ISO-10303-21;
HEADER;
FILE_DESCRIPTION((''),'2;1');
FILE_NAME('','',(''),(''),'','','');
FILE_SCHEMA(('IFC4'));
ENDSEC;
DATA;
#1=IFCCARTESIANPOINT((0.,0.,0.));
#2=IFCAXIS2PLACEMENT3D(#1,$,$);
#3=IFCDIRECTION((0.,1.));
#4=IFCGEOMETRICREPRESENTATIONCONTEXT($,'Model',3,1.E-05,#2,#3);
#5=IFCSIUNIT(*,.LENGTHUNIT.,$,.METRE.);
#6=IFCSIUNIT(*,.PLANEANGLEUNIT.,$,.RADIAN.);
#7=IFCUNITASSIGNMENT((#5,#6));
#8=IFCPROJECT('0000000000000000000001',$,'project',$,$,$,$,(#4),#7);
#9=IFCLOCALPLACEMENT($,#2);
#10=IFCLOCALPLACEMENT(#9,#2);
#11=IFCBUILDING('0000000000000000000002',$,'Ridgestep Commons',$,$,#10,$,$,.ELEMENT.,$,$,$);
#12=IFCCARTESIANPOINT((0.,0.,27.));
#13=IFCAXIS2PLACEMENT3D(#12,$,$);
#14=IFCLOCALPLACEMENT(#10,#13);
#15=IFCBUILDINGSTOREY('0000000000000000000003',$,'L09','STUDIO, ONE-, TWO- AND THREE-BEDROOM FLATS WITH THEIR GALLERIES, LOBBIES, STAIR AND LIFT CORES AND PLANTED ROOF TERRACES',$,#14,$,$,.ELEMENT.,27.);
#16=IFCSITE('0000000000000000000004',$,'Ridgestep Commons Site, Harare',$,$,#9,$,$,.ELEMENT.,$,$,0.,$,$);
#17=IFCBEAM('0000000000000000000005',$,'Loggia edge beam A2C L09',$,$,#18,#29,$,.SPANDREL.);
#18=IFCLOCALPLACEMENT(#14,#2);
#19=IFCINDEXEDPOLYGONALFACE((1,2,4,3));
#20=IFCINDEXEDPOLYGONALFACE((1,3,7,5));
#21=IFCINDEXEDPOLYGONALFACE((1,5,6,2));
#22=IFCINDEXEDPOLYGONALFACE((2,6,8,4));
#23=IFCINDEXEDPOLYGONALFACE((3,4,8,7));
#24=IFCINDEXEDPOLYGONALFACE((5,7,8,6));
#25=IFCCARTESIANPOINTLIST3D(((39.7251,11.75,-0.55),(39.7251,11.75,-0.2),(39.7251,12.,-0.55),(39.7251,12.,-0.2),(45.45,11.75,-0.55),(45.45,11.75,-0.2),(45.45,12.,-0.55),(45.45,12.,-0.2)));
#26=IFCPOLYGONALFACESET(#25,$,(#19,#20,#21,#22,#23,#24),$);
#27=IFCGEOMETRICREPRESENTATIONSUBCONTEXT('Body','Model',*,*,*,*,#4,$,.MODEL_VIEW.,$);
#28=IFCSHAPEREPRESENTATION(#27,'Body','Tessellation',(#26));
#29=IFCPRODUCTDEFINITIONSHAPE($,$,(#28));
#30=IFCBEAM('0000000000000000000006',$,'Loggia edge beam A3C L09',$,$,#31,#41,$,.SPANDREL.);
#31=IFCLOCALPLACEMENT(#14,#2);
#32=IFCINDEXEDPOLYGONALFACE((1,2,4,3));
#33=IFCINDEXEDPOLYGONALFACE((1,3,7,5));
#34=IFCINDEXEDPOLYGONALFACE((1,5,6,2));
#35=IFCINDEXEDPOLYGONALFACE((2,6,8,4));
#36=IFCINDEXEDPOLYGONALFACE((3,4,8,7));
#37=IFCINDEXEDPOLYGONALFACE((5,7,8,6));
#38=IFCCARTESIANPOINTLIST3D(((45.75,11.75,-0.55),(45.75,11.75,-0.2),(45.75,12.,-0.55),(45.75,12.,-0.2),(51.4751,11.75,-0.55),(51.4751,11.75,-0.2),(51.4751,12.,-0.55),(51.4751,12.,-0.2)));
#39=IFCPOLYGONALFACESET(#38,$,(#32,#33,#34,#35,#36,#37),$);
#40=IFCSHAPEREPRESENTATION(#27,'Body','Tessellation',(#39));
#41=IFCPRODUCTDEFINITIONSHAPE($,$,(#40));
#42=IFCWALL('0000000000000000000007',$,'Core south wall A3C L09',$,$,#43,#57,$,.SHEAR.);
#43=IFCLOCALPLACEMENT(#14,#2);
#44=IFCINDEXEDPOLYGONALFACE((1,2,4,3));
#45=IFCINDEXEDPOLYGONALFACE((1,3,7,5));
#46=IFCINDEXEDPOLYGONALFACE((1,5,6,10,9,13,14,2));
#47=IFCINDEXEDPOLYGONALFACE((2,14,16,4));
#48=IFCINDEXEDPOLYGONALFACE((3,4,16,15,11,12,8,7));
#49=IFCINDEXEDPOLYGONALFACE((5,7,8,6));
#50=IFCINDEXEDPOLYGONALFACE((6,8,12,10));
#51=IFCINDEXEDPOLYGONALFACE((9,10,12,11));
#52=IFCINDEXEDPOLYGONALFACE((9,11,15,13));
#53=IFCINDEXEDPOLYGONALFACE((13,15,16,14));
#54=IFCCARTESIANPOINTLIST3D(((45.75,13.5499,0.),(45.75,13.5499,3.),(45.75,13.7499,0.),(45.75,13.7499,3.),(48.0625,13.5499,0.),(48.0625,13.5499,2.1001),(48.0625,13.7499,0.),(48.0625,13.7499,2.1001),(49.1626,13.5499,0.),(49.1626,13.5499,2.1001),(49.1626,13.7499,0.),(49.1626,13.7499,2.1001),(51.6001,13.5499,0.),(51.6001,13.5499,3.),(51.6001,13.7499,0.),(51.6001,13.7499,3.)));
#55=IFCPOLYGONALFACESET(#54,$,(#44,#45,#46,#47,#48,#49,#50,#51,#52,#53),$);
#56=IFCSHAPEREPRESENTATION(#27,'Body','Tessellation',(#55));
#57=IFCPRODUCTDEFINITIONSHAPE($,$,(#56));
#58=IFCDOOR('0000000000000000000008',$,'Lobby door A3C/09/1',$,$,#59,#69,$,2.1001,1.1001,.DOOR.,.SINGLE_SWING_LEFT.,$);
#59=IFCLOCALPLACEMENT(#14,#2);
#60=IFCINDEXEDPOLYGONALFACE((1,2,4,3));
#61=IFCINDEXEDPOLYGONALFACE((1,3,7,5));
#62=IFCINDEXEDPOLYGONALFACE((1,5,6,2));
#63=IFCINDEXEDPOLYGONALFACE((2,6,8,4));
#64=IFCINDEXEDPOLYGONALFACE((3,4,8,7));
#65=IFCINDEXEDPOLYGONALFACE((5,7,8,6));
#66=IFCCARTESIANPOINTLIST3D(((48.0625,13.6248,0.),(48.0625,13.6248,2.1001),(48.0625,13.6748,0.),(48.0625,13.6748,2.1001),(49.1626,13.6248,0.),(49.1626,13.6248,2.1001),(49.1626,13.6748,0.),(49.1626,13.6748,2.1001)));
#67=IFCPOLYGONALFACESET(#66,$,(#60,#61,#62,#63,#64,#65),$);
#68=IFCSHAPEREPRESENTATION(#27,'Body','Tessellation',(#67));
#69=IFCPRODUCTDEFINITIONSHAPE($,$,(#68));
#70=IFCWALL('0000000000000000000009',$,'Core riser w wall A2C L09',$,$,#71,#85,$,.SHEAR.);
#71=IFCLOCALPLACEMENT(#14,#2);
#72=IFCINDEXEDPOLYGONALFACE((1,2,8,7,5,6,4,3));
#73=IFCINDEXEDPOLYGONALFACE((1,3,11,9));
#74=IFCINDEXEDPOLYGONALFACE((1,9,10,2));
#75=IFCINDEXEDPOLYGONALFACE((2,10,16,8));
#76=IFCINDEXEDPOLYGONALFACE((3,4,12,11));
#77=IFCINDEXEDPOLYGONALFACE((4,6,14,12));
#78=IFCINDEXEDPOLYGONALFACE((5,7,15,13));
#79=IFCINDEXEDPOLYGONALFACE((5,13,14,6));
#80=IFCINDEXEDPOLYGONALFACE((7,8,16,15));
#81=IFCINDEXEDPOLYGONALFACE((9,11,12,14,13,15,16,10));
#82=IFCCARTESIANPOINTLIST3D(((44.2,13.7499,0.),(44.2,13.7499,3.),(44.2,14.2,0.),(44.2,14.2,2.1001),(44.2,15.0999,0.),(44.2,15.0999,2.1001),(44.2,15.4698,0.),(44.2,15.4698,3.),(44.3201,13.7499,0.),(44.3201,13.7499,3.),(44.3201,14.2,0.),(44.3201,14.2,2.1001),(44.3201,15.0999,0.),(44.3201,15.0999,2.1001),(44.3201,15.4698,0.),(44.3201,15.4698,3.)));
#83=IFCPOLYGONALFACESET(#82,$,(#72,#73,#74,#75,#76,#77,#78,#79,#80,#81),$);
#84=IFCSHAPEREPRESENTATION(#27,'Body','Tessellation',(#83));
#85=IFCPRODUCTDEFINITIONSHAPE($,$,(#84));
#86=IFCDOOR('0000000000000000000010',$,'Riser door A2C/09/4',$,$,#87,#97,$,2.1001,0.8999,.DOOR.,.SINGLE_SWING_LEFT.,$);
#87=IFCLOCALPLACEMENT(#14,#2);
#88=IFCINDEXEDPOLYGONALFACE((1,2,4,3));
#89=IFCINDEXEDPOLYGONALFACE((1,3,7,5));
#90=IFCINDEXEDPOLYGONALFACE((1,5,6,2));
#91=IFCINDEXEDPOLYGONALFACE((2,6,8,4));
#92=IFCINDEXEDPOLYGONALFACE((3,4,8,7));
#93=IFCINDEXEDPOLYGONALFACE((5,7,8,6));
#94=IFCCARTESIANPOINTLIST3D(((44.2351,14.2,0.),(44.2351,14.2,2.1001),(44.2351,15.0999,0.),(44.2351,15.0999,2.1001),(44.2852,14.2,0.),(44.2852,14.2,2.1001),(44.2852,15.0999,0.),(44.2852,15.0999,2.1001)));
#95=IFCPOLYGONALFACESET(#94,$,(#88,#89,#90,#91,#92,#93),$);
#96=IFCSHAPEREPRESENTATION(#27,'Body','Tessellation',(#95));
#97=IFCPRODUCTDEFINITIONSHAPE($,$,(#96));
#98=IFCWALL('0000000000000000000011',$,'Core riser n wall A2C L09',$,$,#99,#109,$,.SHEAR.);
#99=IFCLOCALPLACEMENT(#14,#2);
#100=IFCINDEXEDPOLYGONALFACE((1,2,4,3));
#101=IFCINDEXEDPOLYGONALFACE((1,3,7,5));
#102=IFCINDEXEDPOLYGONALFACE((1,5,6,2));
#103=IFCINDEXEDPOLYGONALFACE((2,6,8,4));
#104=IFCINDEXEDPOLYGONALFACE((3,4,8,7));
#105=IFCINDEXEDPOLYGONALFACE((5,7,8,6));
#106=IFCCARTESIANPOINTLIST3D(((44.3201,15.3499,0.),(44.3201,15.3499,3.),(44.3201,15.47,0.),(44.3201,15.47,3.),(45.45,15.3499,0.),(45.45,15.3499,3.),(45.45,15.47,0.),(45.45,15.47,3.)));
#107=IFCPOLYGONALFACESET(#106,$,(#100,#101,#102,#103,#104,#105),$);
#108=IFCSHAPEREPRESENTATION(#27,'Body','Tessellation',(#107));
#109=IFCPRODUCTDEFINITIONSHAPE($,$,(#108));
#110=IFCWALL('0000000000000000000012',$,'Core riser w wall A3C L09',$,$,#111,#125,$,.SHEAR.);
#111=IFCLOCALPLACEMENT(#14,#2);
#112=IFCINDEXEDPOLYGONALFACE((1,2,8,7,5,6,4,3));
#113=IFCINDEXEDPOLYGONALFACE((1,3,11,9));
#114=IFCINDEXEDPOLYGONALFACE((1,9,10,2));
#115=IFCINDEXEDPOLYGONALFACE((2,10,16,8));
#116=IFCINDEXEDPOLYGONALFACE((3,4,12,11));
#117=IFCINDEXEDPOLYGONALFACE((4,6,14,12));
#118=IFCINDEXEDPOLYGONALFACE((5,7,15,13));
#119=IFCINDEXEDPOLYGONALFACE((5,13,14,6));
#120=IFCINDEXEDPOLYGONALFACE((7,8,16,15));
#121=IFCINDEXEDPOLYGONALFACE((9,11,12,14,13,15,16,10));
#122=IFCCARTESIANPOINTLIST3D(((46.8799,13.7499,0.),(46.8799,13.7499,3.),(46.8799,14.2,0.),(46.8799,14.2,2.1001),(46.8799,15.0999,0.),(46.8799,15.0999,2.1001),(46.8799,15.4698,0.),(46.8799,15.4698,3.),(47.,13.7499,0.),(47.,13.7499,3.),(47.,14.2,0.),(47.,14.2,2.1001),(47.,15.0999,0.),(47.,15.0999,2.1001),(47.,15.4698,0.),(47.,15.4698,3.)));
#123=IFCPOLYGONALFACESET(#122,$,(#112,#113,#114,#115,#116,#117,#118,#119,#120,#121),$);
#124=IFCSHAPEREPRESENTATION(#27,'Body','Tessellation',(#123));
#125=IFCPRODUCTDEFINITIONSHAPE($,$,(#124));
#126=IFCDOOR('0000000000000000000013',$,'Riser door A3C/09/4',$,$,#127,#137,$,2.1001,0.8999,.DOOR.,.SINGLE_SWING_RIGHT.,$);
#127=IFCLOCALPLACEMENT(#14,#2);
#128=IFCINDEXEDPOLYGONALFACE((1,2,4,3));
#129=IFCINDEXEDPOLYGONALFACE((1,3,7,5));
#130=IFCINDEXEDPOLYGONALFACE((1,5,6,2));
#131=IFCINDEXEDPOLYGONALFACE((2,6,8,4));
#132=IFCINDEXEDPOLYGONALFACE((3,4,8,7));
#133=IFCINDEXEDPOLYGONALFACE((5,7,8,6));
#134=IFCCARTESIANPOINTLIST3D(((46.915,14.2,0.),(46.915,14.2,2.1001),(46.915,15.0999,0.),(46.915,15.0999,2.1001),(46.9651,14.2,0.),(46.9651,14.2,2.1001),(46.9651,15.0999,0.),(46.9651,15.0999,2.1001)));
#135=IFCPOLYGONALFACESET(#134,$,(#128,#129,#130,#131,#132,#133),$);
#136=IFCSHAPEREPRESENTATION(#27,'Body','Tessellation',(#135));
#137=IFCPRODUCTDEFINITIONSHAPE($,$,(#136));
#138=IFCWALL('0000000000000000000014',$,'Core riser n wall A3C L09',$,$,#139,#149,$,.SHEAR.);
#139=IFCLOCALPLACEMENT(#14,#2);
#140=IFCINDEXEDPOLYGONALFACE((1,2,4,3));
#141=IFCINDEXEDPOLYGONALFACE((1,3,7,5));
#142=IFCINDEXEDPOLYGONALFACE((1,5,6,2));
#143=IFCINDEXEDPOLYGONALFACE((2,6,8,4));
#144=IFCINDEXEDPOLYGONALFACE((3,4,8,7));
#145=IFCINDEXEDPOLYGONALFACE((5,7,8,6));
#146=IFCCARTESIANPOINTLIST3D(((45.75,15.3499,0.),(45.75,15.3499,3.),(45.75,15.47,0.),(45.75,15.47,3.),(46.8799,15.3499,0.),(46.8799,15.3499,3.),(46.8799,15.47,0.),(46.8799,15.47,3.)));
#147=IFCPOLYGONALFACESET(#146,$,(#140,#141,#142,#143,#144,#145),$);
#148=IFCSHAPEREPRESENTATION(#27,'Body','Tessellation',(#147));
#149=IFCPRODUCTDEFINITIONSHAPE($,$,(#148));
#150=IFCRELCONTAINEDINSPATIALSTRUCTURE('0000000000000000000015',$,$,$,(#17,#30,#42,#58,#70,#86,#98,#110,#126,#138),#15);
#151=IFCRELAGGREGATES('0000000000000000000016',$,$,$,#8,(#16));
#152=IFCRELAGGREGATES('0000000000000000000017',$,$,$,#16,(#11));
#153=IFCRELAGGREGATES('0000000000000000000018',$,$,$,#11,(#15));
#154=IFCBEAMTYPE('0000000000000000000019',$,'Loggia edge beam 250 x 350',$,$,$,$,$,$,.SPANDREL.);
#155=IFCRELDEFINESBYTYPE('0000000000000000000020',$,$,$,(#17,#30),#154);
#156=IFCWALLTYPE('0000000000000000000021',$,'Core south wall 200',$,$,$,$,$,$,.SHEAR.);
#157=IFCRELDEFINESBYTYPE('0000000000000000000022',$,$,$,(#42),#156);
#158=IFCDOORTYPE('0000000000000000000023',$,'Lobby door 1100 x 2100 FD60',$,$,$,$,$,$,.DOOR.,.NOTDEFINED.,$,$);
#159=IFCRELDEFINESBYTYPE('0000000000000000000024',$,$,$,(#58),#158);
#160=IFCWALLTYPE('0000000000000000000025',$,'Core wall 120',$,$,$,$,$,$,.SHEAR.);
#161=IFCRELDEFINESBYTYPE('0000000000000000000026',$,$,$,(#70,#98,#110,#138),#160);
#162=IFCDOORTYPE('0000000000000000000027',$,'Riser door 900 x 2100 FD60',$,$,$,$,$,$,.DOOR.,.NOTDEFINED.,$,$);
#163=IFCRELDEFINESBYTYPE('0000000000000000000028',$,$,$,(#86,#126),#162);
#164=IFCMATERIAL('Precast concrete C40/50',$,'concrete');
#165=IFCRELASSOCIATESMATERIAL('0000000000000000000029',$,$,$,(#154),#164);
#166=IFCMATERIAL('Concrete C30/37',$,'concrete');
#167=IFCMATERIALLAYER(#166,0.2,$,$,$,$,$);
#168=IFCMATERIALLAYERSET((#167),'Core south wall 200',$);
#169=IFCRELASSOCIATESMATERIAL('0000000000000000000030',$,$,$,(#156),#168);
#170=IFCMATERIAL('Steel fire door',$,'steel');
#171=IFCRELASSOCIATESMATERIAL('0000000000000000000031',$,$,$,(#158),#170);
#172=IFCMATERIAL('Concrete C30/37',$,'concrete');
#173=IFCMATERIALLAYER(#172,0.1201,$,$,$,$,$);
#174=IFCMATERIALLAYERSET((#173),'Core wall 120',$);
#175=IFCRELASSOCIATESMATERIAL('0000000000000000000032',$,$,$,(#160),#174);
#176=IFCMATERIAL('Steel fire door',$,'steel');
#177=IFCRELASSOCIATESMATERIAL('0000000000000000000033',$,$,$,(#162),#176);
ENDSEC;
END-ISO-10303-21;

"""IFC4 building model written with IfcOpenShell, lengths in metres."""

from ifc_helpers import new_model, si_unit, direction, frame, frame_2d, origin, origin_2d, place, context, subcontext, project, spatial, rectangle, extrude, material, layer, layer_set, material_profile, profile_set, type_object, element, fill, save


model = new_model("IFC4")

# Units and contexts
model_context = context("Model", 3, precision=1e-05, world=origin(), true_north=direction((0.0, 1.0)))
body_context = subcontext(model_context, "Body", "Model", "MODEL_VIEW")
ifc_project = project(units=[si_unit("LENGTHUNIT", "METRE"), si_unit("PLANEANGLEUNIT", "RADIAN")], contexts=[model_context])

# Site, building, storey
site_placement = place(None, origin())
site = spatial("IfcSite", under=ifc_project, at=site_placement, Name="Ridgestep Commons Site, Harare", CompositionType="ELEMENT", RefElevation=0.0)
building_placement = place(site_placement, origin())
building = spatial("IfcBuilding", under=site, at=building_placement, Name="Ridgestep Commons", CompositionType="ELEMENT")
storey_placement = place(building_placement, frame((0.0, 0.0, 27.0)))
storey = spatial("IfcBuildingStorey", under=building, at=storey_placement, Name="L09", Description="STUDIO, ONE-, TWO- AND THREE-BEDROOM FLATS WITH THEIR GALLERIES, LOBBIES, STAIR AND LIFT CORES AND PLANTED ROOF TERRACES", CompositionType="ELEMENT", Elevation=27.0)

# Beams
ifc_material_1 = material(Name="Precast concrete C40/50", Category="concrete")
ifc_material_profile = material_profile(ifc_material_1, rectangle(XDim=0.25, YDim=0.3501, at=origin_2d()), Name="PC 250x350")
ifc_profile_set = profile_set([ifc_material_profile], Name="Precast concrete C40/50")
beam_type = type_object("IfcBeamType", Name="Loggia edge beam 250 x 350", PredefinedType="SPANDREL", material=ifc_profile_set)
beam_1_placement = place(storey_placement, frame((39.7251, 11.875, -0.375), z_axis=(1.0, 0.0, 0.0), x_axis=(0.0, 1.0, 0.0)))
element("IfcBeam", 1, at=beam_1_placement, inside=storey, type_object=beam_type, Name="Loggia edge beam A2C L09", PredefinedType="SPANDREL", context=body_context, shape_type="SweptSolid", body=[
    extrude(rectangle(XDim=0.25, YDim=0.3501, at=origin_2d()), origin(), (0.0, 0.0, 1.0), 5.7249),
])
beam_2_placement = place(storey_placement, frame((45.75, 11.875, -0.375), z_axis=(1.0, 0.0, 0.0), x_axis=(0.0, 1.0, 0.0)))
element("IfcBeam", 2, at=beam_2_placement, inside=storey, type_object=beam_type, Name="Loggia edge beam A3C L09", PredefinedType="SPANDREL", context=body_context, shape_type="SweptSolid", body=[
    extrude(rectangle(XDim=0.25, YDim=0.3501, at=origin_2d()), origin(), (0.0, 0.0, 1.0), 5.7251),
])

# Walls, openings, doors
ifc_material_2 = material(Name="Concrete C30/37", Category="concrete")
ifc_layer_1 = layer(ifc_material_2, 0.2)
ifc_layer_set_1 = layer_set([ifc_layer_1], Name="Core south wall 200")
wall_type_1 = type_object("IfcWallType", Name="Core south wall 200", PredefinedType="SHEAR", material=ifc_layer_set_1)
wall_1_placement = place(storey_placement, frame((45.75, 13.6499, 0.0), z_axis=(0.0, 0.0, 1.0), x_axis=(1.0, 0.0, 0.0)))
wall_1 = element("IfcWall", 3, at=wall_1_placement, inside=storey, type_object=wall_type_1, Name="Core south wall A3C L09", PredefinedType="SHEAR", context=body_context, shape_type="SweptSolid", body=[
    extrude(rectangle(XDim=5.8501, YDim=0.2, at=frame_2d((2.925, 0.0))), origin(), (0.0, 0.0, 1.0), 3.0),
])
opening_1_placement = place(wall_1_placement, frame((2.3125, 0.0, 0.0)))
opening_1 = element("IfcOpeningElement", 4, at=opening_1_placement, cuts=wall_1, PredefinedType="OPENING", context=body_context, shape_type="SweptSolid", body=[
    extrude(rectangle(XDim=1.1001, YDim=2.1001, at=frame_2d((0.55, 1.05))), frame((0.0, 0.1099, 0.0), z_axis=(0.0, -1.0, 0.0), x_axis=(1.0, 0.0, 0.0)), (0.0, 0.0, 1.0), 0.22),
])
ifc_material_3 = material(Name="Steel fire door", Category="steel")
door_type_1 = type_object("IfcDoorType", Name="Lobby door 1100 x 2100 FD60", OperationType="NOTDEFINED", PredefinedType="DOOR", material=ifc_material_3)
door_1_placement = place(opening_1_placement, origin())
door_1 = element("IfcDoor", 5, at=door_1_placement, inside=storey, type_object=door_type_1, Name="Lobby door A3C/09/1", OperationType="SINGLE_SWING_LEFT", OverallHeight=2.1001, OverallWidth=1.1001, PredefinedType="DOOR", context=body_context, shape_type="SweptSolid", body=[
    extrude(rectangle(XDim=1.1001, YDim=2.1001, at=frame_2d((0.55, 1.05))), frame((0.0, 0.0249, 0.0), z_axis=(0.0, -1.0, 0.0), x_axis=(1.0, 0.0, 0.0)), (0.0, 0.0, 1.0), 0.05),
])
fill(opening_1, door_1)
ifc_material_4 = material(Name="Concrete C30/37", Category="concrete")
ifc_layer_2 = layer(ifc_material_4, 0.1201)
ifc_layer_set_2 = layer_set([ifc_layer_2], Name="Core wall 120")
wall_type_2 = type_object("IfcWallType", Name="Core wall 120", PredefinedType="SHEAR", material=ifc_layer_set_2)
wall_2_placement = place(storey_placement, frame((44.26, 13.75, 0.0), z_axis=(0.0, 0.0, 1.0), x_axis=(0.0, 1.0, 0.0)))
wall_2 = element("IfcWall", 6, at=wall_2_placement, inside=storey, type_object=wall_type_2, Name="Core riser w wall A2C L09", PredefinedType="SHEAR", context=body_context, shape_type="SweptSolid", body=[
    extrude(rectangle(XDim=1.72, YDim=0.1201, at=frame_2d((0.8599, 0.0))), origin(), (0.0, 0.0, 1.0), 3.0),
])
opening_2_placement = place(wall_2_placement, frame((0.45, 0.0, 0.0)))
opening_2 = element("IfcOpeningElement", 7, at=opening_2_placement, cuts=wall_2, PredefinedType="OPENING", context=body_context, shape_type="SweptSolid", body=[
    extrude(rectangle(XDim=0.8999, YDim=2.1001, at=frame_2d((0.45, 1.05))), frame((0.0, 0.0701, 0.0), z_axis=(0.0, -1.0, 0.0), x_axis=(1.0, 0.0, 0.0)), (0.0, 0.0, 1.0), 0.1401),
])
ifc_material_5 = material(Name="Steel fire door", Category="steel")
door_type_2 = type_object("IfcDoorType", Name="Riser door 900 x 2100 FD60", OperationType="NOTDEFINED", PredefinedType="DOOR", material=ifc_material_5)
door_2_placement = place(opening_2_placement, origin())
door_2 = element("IfcDoor", 8, at=door_2_placement, inside=storey, type_object=door_type_2, Name="Riser door A2C/09/4", OperationType="SINGLE_SWING_LEFT", OverallHeight=2.1001, OverallWidth=0.8999, PredefinedType="DOOR", context=body_context, shape_type="SweptSolid", body=[
    extrude(rectangle(XDim=0.8999, YDim=2.1001, at=frame_2d((0.45, 1.05))), frame((0.0, 0.0249, 0.0), z_axis=(0.0, -1.0, 0.0), x_axis=(1.0, 0.0, 0.0)), (0.0, 0.0, 1.0), 0.05),
])
fill(opening_2, door_2)

# Wall
wall_3_placement = place(storey_placement, frame((44.3201, 15.4099, 0.0), z_axis=(0.0, 0.0, 1.0), x_axis=(1.0, 0.0, 0.0)))
element("IfcWall", 9, at=wall_3_placement, inside=storey, type_object=wall_type_2, Name="Core riser n wall A2C L09", PredefinedType="SHEAR", context=body_context, shape_type="SweptSolid", body=[
    extrude(rectangle(XDim=1.1299, YDim=0.1201, at=frame_2d((0.5649, 0.0))), origin(), (0.0, 0.0, 1.0), 3.0),
])

# Wall, opening, door
wall_4_placement = place(storey_placement, frame((46.9399, 13.75, 0.0), z_axis=(0.0, 0.0, 1.0), x_axis=(0.0, 1.0, 0.0)))
wall_4 = element("IfcWall", 10, at=wall_4_placement, inside=storey, type_object=wall_type_2, Name="Core riser w wall A3C L09", PredefinedType="SHEAR", context=body_context, shape_type="SweptSolid", body=[
    extrude(rectangle(XDim=1.72, YDim=0.1201, at=frame_2d((0.8599, 0.0))), origin(), (0.0, 0.0, 1.0), 3.0),
])
opening_3_placement = place(wall_4_placement, frame((0.45, 0.0, 0.0)))
opening_3 = element("IfcOpeningElement", 11, at=opening_3_placement, cuts=wall_4, PredefinedType="OPENING", context=body_context, shape_type="SweptSolid", body=[
    extrude(rectangle(XDim=0.8999, YDim=2.1001, at=frame_2d((0.45, 1.05))), frame((0.0, 0.0701, 0.0), z_axis=(0.0, -1.0, 0.0), x_axis=(1.0, 0.0, 0.0)), (0.0, 0.0, 1.0), 0.1401),
])
door_3_placement = place(opening_3_placement, origin())
door_3 = element("IfcDoor", 12, at=door_3_placement, inside=storey, type_object=door_type_2, Name="Riser door A3C/09/4", OperationType="SINGLE_SWING_RIGHT", OverallHeight=2.1001, OverallWidth=0.8999, PredefinedType="DOOR", context=body_context, shape_type="SweptSolid", body=[
    extrude(rectangle(XDim=0.8999, YDim=2.1001, at=frame_2d((0.45, 1.05))), frame((0.0, 0.0249, 0.0), z_axis=(0.0, -1.0, 0.0), x_axis=(1.0, 0.0, 0.0)), (0.0, 0.0, 1.0), 0.05),
])
fill(opening_3, door_3)

# Wall
wall_5_placement = place(storey_placement, frame((45.75, 15.4099, 0.0), z_axis=(0.0, 0.0, 1.0), x_axis=(1.0, 0.0, 0.0)))
element("IfcWall", 13, at=wall_5_placement, inside=storey, type_object=wall_type_2, Name="Core riser n wall A3C L09", PredefinedType="SHEAR", context=body_context, shape_type="SweptSolid", body=[
    extrude(rectangle(XDim=1.1299, YDim=0.1201, at=frame_2d((0.5649, 0.0))), origin(), (0.0, 0.0, 1.0), 3.0),
])

save(model, "model.ifc")
